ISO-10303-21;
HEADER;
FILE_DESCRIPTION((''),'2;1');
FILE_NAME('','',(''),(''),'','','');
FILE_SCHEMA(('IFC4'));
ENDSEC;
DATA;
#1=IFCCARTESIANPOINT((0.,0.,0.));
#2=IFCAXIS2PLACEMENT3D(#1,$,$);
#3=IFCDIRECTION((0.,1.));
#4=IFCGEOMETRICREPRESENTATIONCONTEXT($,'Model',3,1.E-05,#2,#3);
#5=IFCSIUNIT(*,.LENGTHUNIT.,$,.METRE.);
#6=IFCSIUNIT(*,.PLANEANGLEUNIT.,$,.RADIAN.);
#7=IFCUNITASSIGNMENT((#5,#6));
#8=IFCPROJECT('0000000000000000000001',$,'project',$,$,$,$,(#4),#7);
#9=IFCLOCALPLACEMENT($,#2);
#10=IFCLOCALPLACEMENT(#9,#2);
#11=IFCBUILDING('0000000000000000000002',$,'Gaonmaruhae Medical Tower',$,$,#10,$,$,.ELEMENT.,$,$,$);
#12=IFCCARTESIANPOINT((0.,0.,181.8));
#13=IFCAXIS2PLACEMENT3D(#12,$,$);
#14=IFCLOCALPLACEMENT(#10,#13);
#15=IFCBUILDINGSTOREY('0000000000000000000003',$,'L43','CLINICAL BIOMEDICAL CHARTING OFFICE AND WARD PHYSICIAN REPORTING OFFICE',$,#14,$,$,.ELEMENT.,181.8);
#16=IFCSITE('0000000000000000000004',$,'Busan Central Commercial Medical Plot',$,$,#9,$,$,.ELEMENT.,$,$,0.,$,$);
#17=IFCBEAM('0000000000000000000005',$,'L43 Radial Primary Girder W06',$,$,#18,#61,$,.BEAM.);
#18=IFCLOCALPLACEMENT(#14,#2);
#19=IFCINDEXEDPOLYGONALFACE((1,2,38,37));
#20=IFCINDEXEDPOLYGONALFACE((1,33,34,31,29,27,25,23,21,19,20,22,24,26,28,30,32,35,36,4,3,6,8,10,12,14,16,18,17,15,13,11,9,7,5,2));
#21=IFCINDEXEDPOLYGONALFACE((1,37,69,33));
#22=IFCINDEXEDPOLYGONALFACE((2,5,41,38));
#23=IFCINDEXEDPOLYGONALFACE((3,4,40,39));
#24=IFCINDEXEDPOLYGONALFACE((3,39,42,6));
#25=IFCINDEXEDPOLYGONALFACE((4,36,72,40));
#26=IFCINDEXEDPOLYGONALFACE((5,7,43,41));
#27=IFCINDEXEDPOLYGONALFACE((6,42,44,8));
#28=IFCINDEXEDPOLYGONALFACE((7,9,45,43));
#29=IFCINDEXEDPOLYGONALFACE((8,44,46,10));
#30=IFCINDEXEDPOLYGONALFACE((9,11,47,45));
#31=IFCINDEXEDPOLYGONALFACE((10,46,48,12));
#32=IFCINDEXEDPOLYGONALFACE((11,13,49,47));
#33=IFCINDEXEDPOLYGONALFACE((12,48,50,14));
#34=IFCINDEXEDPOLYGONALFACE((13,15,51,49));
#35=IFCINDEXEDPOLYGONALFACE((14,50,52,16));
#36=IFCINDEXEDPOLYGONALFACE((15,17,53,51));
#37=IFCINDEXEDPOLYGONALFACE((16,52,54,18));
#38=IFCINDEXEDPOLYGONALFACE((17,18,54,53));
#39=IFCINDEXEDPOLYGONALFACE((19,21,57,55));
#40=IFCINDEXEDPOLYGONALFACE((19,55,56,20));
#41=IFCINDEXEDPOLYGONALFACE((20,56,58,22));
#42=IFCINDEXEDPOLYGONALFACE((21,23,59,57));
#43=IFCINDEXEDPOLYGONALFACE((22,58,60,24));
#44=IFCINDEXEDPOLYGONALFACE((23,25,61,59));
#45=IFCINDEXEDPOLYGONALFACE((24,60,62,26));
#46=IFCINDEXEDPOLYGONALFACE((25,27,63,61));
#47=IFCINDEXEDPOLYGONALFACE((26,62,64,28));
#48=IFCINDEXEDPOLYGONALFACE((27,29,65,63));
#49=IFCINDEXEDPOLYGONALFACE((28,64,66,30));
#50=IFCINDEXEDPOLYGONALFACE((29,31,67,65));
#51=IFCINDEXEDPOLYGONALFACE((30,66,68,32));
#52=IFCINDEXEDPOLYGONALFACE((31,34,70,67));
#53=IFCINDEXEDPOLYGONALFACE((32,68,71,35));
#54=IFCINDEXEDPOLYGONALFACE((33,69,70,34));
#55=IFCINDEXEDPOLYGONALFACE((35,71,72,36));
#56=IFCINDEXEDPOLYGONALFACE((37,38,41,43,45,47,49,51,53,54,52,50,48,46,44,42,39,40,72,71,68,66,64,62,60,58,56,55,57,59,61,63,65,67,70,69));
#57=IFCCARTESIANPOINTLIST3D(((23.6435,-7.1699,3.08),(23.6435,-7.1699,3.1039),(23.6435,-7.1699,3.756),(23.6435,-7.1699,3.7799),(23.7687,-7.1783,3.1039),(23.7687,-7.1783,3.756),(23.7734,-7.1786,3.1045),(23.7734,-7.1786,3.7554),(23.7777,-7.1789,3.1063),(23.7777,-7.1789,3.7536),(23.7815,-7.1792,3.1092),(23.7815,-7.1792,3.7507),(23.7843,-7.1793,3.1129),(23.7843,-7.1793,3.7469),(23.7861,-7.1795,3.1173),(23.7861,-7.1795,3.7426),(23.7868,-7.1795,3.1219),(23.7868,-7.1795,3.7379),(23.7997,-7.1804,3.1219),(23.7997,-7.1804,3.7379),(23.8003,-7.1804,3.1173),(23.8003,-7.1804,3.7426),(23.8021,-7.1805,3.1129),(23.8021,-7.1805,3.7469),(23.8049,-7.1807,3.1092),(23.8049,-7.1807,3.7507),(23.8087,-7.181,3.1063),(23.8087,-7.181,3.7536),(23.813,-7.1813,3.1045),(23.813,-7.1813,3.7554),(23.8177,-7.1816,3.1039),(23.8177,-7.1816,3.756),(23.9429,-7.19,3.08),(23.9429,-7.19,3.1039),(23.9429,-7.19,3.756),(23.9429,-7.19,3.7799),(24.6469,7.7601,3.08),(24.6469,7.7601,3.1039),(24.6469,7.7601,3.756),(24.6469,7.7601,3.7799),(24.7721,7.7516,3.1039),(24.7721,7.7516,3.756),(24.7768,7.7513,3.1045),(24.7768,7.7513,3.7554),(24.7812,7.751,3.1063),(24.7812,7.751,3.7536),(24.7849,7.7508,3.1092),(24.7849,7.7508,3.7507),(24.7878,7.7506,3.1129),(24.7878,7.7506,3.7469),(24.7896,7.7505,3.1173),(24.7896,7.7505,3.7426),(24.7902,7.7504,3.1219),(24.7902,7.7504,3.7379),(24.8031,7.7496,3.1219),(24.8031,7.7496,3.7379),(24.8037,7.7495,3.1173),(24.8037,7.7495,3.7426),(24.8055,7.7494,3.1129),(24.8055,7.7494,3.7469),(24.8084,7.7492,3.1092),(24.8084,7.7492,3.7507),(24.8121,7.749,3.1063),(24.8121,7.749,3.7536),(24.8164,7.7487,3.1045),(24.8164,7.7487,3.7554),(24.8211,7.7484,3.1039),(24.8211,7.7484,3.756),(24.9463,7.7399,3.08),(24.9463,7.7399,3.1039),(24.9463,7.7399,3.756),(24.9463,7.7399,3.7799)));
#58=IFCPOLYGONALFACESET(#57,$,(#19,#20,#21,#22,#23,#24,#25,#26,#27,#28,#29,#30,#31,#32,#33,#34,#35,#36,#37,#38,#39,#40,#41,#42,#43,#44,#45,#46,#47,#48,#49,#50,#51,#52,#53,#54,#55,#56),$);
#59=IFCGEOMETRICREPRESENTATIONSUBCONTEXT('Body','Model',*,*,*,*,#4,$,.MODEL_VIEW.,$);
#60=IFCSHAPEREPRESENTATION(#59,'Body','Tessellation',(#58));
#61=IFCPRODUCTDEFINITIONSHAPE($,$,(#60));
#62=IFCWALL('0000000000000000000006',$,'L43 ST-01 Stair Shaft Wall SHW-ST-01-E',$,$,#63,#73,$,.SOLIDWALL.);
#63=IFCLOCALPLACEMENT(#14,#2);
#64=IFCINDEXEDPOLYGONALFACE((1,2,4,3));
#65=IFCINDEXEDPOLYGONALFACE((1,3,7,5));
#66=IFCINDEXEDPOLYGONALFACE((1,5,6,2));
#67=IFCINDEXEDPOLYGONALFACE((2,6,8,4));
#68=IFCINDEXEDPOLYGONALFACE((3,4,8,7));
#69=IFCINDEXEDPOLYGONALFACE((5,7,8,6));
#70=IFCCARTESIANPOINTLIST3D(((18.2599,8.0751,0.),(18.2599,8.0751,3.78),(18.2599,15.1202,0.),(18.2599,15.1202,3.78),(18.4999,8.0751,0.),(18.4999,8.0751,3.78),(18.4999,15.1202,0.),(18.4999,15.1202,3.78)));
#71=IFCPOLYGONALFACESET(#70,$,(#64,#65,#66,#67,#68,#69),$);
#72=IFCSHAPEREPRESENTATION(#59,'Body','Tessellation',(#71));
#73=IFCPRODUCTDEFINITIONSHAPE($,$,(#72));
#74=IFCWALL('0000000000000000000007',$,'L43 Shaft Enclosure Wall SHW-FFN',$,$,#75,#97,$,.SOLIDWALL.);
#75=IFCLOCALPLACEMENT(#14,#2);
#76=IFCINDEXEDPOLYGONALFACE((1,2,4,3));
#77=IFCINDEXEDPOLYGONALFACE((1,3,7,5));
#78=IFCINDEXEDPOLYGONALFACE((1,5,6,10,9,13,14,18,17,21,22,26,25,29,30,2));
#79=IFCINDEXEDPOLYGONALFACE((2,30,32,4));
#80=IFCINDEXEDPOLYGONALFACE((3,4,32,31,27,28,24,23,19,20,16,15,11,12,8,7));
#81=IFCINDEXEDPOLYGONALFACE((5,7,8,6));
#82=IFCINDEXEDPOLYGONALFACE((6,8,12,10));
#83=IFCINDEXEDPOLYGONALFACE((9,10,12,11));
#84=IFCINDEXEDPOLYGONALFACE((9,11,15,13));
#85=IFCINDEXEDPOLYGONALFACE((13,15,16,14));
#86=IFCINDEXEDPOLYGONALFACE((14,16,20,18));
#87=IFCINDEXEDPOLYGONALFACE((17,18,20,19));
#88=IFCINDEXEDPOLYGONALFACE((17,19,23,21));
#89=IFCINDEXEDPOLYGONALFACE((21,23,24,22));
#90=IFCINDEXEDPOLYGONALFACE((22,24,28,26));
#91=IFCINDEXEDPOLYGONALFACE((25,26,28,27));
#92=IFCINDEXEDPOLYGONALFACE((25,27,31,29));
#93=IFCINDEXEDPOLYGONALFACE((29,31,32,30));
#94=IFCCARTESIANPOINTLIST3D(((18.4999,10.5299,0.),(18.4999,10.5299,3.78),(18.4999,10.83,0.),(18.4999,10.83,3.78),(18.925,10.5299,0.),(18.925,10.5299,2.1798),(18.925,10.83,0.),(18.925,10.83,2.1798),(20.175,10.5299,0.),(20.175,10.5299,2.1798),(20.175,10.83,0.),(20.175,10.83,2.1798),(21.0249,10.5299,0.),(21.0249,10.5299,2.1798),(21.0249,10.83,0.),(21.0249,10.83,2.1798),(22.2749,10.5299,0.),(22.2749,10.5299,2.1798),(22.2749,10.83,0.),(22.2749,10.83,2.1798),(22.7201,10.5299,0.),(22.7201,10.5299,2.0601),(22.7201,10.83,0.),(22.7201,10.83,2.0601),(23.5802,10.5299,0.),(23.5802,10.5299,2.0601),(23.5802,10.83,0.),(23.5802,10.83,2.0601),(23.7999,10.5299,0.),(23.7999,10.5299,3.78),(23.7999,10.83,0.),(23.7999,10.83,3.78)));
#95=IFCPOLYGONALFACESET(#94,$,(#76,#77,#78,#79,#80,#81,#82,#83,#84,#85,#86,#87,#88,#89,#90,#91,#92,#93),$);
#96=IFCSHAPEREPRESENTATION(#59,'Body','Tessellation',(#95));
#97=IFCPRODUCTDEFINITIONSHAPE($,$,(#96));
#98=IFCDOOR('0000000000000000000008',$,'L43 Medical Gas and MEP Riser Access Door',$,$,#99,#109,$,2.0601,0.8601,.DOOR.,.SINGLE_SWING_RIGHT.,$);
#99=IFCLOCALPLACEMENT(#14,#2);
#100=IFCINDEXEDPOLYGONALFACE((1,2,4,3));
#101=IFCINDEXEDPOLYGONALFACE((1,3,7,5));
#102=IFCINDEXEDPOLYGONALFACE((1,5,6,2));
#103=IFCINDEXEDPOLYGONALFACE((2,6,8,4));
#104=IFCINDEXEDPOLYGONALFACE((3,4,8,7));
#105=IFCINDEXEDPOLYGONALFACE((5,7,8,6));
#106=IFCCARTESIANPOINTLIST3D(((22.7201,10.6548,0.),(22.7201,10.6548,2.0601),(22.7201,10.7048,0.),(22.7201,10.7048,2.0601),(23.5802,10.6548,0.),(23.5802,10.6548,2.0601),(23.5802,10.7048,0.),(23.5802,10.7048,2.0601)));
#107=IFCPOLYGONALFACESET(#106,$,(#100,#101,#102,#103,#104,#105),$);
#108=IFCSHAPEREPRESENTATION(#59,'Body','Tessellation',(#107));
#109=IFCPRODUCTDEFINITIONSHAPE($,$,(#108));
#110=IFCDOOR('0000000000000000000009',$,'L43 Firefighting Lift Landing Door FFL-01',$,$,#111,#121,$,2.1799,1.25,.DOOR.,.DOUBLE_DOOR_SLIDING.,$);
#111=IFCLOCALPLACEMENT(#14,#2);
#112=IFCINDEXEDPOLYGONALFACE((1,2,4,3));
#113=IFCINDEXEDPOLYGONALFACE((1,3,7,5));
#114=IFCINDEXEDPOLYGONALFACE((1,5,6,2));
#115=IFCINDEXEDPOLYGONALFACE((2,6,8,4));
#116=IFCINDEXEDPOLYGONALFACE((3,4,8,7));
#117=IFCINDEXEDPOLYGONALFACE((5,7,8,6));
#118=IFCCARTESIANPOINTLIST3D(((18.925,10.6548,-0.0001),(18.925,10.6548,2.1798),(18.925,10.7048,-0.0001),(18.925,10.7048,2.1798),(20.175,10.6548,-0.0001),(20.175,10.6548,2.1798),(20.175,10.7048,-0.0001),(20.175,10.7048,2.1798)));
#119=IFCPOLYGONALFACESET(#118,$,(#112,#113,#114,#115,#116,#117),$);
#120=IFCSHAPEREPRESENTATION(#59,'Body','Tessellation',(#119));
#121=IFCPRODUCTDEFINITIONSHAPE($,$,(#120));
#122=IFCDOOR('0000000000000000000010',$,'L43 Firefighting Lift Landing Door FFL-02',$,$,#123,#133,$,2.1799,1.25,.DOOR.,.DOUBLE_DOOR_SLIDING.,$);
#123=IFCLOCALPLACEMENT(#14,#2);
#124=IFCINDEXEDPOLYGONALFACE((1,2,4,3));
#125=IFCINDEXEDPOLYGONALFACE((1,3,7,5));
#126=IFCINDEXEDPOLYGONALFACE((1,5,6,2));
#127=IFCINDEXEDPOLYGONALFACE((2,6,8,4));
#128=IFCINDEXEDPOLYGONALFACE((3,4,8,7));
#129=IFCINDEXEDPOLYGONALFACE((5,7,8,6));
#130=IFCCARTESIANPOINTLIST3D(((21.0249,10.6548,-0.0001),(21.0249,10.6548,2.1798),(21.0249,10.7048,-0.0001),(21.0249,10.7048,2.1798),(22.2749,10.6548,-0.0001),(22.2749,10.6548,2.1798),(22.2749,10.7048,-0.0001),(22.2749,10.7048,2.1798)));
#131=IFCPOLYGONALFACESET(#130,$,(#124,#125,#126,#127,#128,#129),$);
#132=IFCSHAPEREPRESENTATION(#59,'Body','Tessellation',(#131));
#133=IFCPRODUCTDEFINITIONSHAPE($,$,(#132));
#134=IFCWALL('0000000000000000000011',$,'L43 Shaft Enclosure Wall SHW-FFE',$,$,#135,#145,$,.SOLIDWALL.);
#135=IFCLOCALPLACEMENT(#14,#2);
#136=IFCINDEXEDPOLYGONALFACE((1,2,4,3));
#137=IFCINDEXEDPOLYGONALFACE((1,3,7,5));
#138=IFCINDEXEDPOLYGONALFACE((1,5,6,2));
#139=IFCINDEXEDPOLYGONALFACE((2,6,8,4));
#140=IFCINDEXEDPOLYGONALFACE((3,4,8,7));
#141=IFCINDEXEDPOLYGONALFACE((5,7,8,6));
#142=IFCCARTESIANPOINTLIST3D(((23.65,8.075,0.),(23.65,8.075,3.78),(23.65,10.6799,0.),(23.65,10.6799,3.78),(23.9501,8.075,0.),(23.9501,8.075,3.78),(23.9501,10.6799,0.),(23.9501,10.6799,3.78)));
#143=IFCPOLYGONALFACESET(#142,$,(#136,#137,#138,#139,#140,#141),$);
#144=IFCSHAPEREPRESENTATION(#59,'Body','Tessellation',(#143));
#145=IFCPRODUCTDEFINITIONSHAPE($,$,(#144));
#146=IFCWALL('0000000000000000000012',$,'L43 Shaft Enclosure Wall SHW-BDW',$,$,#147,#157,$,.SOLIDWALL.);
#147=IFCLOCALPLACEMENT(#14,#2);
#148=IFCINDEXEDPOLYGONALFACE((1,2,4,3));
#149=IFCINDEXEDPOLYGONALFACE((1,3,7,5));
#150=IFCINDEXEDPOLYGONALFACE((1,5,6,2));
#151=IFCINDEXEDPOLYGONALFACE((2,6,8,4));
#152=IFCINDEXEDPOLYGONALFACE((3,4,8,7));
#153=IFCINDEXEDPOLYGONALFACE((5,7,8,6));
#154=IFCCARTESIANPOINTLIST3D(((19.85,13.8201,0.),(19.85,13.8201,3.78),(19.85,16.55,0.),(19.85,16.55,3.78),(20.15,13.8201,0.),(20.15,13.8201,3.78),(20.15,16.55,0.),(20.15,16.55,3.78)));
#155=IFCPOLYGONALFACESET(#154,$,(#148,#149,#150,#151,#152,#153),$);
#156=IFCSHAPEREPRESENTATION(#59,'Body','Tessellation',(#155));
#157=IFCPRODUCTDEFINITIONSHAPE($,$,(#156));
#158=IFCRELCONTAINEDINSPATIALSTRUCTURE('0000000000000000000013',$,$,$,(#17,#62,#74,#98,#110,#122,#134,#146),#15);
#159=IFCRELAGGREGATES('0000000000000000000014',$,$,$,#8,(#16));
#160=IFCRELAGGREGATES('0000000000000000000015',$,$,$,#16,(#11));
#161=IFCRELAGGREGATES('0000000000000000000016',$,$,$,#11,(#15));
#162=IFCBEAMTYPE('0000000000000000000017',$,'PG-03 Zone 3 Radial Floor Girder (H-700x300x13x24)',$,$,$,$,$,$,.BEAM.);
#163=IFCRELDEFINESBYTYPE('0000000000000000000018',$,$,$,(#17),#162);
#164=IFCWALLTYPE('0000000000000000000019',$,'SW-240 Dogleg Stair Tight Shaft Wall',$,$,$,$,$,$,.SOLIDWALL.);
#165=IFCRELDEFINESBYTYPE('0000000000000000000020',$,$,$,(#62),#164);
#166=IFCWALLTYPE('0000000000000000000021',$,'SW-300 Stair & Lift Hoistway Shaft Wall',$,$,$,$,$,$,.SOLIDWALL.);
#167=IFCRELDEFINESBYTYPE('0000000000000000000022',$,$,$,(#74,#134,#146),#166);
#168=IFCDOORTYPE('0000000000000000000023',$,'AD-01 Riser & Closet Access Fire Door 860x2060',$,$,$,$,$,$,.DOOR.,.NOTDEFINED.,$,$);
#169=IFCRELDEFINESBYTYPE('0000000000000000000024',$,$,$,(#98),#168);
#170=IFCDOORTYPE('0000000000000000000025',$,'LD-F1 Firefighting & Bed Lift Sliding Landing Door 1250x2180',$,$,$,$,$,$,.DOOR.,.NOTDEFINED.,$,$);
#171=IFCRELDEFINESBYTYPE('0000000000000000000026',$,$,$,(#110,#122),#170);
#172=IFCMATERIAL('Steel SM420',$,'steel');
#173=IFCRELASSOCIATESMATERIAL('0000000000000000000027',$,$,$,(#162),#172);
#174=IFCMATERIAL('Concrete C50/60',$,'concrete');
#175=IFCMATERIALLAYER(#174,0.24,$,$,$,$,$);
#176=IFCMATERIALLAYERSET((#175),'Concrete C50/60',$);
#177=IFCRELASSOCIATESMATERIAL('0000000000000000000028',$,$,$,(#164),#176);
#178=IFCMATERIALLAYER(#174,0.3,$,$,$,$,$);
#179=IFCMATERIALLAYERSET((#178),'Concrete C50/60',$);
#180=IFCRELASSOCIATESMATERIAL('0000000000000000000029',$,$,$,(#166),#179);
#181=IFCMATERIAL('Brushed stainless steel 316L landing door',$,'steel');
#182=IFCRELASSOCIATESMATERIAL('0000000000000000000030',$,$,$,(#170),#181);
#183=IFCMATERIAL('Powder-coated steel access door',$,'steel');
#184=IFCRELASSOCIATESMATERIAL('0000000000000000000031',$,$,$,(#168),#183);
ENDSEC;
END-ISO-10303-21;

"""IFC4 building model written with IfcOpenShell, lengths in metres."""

from ifc_helpers import new_model, si_unit, direction, frame, frame_2d, origin, origin_2d, place, context, subcontext, project, spatial, rectangle, i_section, extrude, material, layer, layer_set, material_profile, profile_set, type_object, element, fill, save


model = new_model("IFC4")

# Units and contexts
model_context = context("Model", 3, precision=1e-05, world=origin(), true_north=direction((0.0, 1.0)))
body_context = subcontext(model_context, "Body", "Model", "MODEL_VIEW")
ifc_project = project(units=[si_unit("LENGTHUNIT", "METRE"), si_unit("PLANEANGLEUNIT", "RADIAN")], contexts=[model_context])

# Site, building, storey
site_placement = place(None, origin())
site = spatial("IfcSite", under=ifc_project, at=site_placement, Name="Busan Central Commercial Medical Plot", CompositionType="ELEMENT", RefElevation=0.0)
building_placement = place(site_placement, origin())
building = spatial("IfcBuilding", under=site, at=building_placement, Name="Gaonmaruhae Medical Tower", CompositionType="ELEMENT")
storey_placement = place(building_placement, frame((0.0, 0.0, 181.8)))
storey = spatial("IfcBuildingStorey", under=building, at=storey_placement, Name="L43", Description="CLINICAL BIOMEDICAL CHARTING OFFICE AND WARD PHYSICIAN REPORTING OFFICE", CompositionType="ELEMENT", Elevation=181.8)

# Beam
ifc_material_1 = material(Name="Steel SM420", Category="steel")
ifc_material_profile = material_profile(ifc_material_1, i_section(OverallWidth=0.3, OverallDepth=0.7, WebThickness=0.0129, FlangeThickness=0.0239, FilletRadius=0.0181, at=origin_2d()), Name="H-700x300x13x24")
ifc_profile_set = profile_set([ifc_material_profile], Name="Steel SM420")
beam_type = type_object("IfcBeamType", Name="PG-03 Zone 3 Radial Floor Girder (H-700x300x13x24)", PredefinedType="BEAM", material=ifc_profile_set)
beam_placement = place(storey_placement, frame((24.7966, 7.75, 3.4299), z_axis=(-0.067057, -0.997749, 0.0), x_axis=(0.997749, -0.067057, 0.0)))
element("IfcBeam", 1, at=beam_placement, inside=storey, type_object=beam_type, Name="L43 Radial Primary Girder W06", PredefinedType="BEAM", context=body_context, shape_type="SweptSolid", body=[
    extrude(i_section(OverallWidth=0.3, OverallDepth=0.7, WebThickness=0.0129, FlangeThickness=0.0239, FilletRadius=0.0181, at=origin_2d()), origin(), (0.0, 0.0, 1.0), 14.9636),
])

# Wall
ifc_material_2 = material(Name="Concrete C50/60", Category="concrete")
ifc_layer_1 = layer(ifc_material_2, 0.24)
ifc_layer_set_1 = layer_set([ifc_layer_1], Name="Concrete C50/60")
wall_type_1 = type_object("IfcWallType", Name="SW-240 Dogleg Stair Tight Shaft Wall", PredefinedType="SOLIDWALL", material=ifc_layer_set_1)
wall_1_placement = place(storey_placement, frame((18.3799, 15.1201, 0.0), z_axis=(0.0, 0.0, 1.0), x_axis=(0.0, -1.0, 0.0)))
element("IfcWall", 2, at=wall_1_placement, inside=storey, type_object=wall_type_1, Name="L43 ST-01 Stair Shaft Wall SHW-ST-01-E", PredefinedType="SOLIDWALL", context=body_context, shape_type="SweptSolid", body=[
    extrude(rectangle(XDim=7.0452, YDim=0.24, at=frame_2d((3.5225, 0.0))), origin(), (0.0, 0.0, 1.0), 3.78),
])

# Wall, openings, doors
ifc_layer_2 = layer(ifc_material_2, 0.3)
ifc_layer_set_2 = layer_set([ifc_layer_2], Name="Concrete C50/60")
wall_type_2 = type_object("IfcWallType", Name="SW-300 Stair & Lift Hoistway Shaft Wall", PredefinedType="SOLIDWALL", material=ifc_layer_set_2)
ifc_material_3 = material(Name="Brushed stainless steel 316L landing door", Category="steel")
door_type_1 = type_object("IfcDoorType", Name="LD-F1 Firefighting & Bed Lift Sliding Landing Door 1250x2180", OperationType="NOTDEFINED", PredefinedType="DOOR", material=ifc_material_3)
wall_2_placement = place(storey_placement, frame((18.5, 10.6799, 0.0), z_axis=(0.0, 0.0, 1.0), x_axis=(1.0, 0.0, 0.0)))
wall_2 = element("IfcWall", 3, at=wall_2_placement, inside=storey, type_object=wall_type_2, Name="L43 Shaft Enclosure Wall SHW-FFN", PredefinedType="SOLIDWALL", context=body_context, shape_type="SweptSolid", body=[
    extrude(rectangle(XDim=5.3, YDim=0.3, at=frame_2d((2.6499, 0.0))), origin(), (0.0, 0.0, 1.0), 3.78),
])
opening_1_placement = place(wall_2_placement, frame((4.22, 0.0, 0.0)))
opening_1 = element("IfcOpeningElement", 4, at=opening_1_placement, cuts=wall_2, PredefinedType="OPENING", context=body_context, shape_type="SweptSolid", body=[
    extrude(rectangle(XDim=0.8601, YDim=2.0601, at=frame_2d((0.4302, 1.03))), frame((0.0, 0.1602, 0.0), z_axis=(0.0, -1.0, 0.0), x_axis=(1.0, 0.0, 0.0)), (0.0, 0.0, 1.0), 0.3201),
])
opening_2_placement = place(wall_2_placement, frame((0.425, 0.0, 0.0)))
opening_2 = element("IfcOpeningElement", 5, at=opening_2_placement, cuts=wall_2, PredefinedType="OPENING", context=body_context, shape_type="SweptSolid", body=[
    extrude(rectangle(XDim=1.25, YDim=2.1799, at=frame_2d((0.625, 1.0898))), frame((0.0, 0.1602, 0.0), z_axis=(0.0, -1.0, 0.0), x_axis=(1.0, 0.0, 0.0)), (0.0, 0.0, 1.0), 0.3201),
])
opening_3_placement = place(wall_2_placement, frame((2.5249, 0.0, 0.0)))
opening_3 = element("IfcOpeningElement", 6, at=opening_3_placement, cuts=wall_2, PredefinedType="OPENING", context=body_context, shape_type="SweptSolid", body=[
    extrude(rectangle(XDim=1.25, YDim=2.1799, at=frame_2d((0.625, 1.0898))), frame((0.0, 0.1602, 0.0), z_axis=(0.0, -1.0, 0.0), x_axis=(1.0, 0.0, 0.0)), (0.0, 0.0, 1.0), 0.3201),
])
ifc_material_4 = material(Name="Powder-coated steel access door", Category="steel")
door_type_2 = type_object("IfcDoorType", Name="AD-01 Riser & Closet Access Fire Door 860x2060", OperationType="NOTDEFINED", PredefinedType="DOOR", material=ifc_material_4)
door_1_placement = place(opening_1_placement, origin())
door_1 = element("IfcDoor", 7, at=door_1_placement, inside=storey, type_object=door_type_2, Name="L43 Medical Gas and MEP Riser Access Door", OperationType="SINGLE_SWING_RIGHT", OverallHeight=2.0601, OverallWidth=0.8601, PredefinedType="DOOR", context=body_context, shape_type="SweptSolid", body=[
    extrude(rectangle(XDim=0.8601, YDim=2.0601, at=frame_2d((0.4302, 1.03))), frame((0.0, 0.0249, 0.0), z_axis=(0.0, -1.0, 0.0), x_axis=(1.0, 0.0, 0.0)), (0.0, 0.0, 1.0), 0.05),
])
fill(opening_1, door_1)
door_2_placement = place(opening_2_placement, origin())
door_2 = element("IfcDoor", 8, at=door_2_placement, inside=storey, type_object=door_type_1, Name="L43 Firefighting Lift Landing Door FFL-01", OperationType="DOUBLE_DOOR_SLIDING", OverallHeight=2.1799, OverallWidth=1.25, PredefinedType="DOOR", context=body_context, shape_type="SweptSolid", body=[
    extrude(rectangle(XDim=1.25, YDim=2.1799, at=frame_2d((0.625, 1.0898))), frame((0.0, 0.0249, 0.0), z_axis=(0.0, -1.0, 0.0), x_axis=(1.0, 0.0, 0.0)), (0.0, 0.0, 1.0), 0.05),
])
fill(opening_2, door_2)
door_3_placement = place(opening_3_placement, origin())
door_3 = element("IfcDoor", 9, at=door_3_placement, inside=storey, type_object=door_type_1, Name="L43 Firefighting Lift Landing Door FFL-02", OperationType="DOUBLE_DOOR_SLIDING", OverallHeight=2.1799, OverallWidth=1.25, PredefinedType="DOOR", context=body_context, shape_type="SweptSolid", body=[
    extrude(rectangle(XDim=1.25, YDim=2.1799, at=frame_2d((0.625, 1.0898))), frame((0.0, 0.0249, 0.0), z_axis=(0.0, -1.0, 0.0), x_axis=(1.0, 0.0, 0.0)), (0.0, 0.0, 1.0), 0.05),
])
fill(opening_3, door_3)

# Walls
wall_3_placement = place(storey_placement, frame((23.8, 8.075, 0.0), z_axis=(0.0, 0.0, 1.0), x_axis=(0.0, 1.0, 0.0)))
element("IfcWall", 10, at=wall_3_placement, inside=storey, type_object=wall_type_2, Name="L43 Shaft Enclosure Wall SHW-FFE", PredefinedType="SOLIDWALL", context=body_context, shape_type="SweptSolid", body=[
    extrude(rectangle(XDim=2.605, YDim=0.3, at=frame_2d((1.3025, 0.0))), origin(), (0.0, 0.0, 1.0), 3.78),
])
wall_4_placement = place(storey_placement, frame((20.0, 13.8201, 0.0), z_axis=(0.0, 0.0, 1.0), x_axis=(0.0, 1.0, 0.0)))
element("IfcWall", 11, at=wall_4_placement, inside=storey, type_object=wall_type_2, Name="L43 Shaft Enclosure Wall SHW-BDW", PredefinedType="SOLIDWALL", context=body_context, shape_type="SweptSolid", body=[
    extrude(rectangle(XDim=2.73, YDim=0.3, at=frame_2d((1.365, 0.0))), origin(), (0.0, 0.0, 1.0), 3.78),
])

save(model, "model.ifc")
